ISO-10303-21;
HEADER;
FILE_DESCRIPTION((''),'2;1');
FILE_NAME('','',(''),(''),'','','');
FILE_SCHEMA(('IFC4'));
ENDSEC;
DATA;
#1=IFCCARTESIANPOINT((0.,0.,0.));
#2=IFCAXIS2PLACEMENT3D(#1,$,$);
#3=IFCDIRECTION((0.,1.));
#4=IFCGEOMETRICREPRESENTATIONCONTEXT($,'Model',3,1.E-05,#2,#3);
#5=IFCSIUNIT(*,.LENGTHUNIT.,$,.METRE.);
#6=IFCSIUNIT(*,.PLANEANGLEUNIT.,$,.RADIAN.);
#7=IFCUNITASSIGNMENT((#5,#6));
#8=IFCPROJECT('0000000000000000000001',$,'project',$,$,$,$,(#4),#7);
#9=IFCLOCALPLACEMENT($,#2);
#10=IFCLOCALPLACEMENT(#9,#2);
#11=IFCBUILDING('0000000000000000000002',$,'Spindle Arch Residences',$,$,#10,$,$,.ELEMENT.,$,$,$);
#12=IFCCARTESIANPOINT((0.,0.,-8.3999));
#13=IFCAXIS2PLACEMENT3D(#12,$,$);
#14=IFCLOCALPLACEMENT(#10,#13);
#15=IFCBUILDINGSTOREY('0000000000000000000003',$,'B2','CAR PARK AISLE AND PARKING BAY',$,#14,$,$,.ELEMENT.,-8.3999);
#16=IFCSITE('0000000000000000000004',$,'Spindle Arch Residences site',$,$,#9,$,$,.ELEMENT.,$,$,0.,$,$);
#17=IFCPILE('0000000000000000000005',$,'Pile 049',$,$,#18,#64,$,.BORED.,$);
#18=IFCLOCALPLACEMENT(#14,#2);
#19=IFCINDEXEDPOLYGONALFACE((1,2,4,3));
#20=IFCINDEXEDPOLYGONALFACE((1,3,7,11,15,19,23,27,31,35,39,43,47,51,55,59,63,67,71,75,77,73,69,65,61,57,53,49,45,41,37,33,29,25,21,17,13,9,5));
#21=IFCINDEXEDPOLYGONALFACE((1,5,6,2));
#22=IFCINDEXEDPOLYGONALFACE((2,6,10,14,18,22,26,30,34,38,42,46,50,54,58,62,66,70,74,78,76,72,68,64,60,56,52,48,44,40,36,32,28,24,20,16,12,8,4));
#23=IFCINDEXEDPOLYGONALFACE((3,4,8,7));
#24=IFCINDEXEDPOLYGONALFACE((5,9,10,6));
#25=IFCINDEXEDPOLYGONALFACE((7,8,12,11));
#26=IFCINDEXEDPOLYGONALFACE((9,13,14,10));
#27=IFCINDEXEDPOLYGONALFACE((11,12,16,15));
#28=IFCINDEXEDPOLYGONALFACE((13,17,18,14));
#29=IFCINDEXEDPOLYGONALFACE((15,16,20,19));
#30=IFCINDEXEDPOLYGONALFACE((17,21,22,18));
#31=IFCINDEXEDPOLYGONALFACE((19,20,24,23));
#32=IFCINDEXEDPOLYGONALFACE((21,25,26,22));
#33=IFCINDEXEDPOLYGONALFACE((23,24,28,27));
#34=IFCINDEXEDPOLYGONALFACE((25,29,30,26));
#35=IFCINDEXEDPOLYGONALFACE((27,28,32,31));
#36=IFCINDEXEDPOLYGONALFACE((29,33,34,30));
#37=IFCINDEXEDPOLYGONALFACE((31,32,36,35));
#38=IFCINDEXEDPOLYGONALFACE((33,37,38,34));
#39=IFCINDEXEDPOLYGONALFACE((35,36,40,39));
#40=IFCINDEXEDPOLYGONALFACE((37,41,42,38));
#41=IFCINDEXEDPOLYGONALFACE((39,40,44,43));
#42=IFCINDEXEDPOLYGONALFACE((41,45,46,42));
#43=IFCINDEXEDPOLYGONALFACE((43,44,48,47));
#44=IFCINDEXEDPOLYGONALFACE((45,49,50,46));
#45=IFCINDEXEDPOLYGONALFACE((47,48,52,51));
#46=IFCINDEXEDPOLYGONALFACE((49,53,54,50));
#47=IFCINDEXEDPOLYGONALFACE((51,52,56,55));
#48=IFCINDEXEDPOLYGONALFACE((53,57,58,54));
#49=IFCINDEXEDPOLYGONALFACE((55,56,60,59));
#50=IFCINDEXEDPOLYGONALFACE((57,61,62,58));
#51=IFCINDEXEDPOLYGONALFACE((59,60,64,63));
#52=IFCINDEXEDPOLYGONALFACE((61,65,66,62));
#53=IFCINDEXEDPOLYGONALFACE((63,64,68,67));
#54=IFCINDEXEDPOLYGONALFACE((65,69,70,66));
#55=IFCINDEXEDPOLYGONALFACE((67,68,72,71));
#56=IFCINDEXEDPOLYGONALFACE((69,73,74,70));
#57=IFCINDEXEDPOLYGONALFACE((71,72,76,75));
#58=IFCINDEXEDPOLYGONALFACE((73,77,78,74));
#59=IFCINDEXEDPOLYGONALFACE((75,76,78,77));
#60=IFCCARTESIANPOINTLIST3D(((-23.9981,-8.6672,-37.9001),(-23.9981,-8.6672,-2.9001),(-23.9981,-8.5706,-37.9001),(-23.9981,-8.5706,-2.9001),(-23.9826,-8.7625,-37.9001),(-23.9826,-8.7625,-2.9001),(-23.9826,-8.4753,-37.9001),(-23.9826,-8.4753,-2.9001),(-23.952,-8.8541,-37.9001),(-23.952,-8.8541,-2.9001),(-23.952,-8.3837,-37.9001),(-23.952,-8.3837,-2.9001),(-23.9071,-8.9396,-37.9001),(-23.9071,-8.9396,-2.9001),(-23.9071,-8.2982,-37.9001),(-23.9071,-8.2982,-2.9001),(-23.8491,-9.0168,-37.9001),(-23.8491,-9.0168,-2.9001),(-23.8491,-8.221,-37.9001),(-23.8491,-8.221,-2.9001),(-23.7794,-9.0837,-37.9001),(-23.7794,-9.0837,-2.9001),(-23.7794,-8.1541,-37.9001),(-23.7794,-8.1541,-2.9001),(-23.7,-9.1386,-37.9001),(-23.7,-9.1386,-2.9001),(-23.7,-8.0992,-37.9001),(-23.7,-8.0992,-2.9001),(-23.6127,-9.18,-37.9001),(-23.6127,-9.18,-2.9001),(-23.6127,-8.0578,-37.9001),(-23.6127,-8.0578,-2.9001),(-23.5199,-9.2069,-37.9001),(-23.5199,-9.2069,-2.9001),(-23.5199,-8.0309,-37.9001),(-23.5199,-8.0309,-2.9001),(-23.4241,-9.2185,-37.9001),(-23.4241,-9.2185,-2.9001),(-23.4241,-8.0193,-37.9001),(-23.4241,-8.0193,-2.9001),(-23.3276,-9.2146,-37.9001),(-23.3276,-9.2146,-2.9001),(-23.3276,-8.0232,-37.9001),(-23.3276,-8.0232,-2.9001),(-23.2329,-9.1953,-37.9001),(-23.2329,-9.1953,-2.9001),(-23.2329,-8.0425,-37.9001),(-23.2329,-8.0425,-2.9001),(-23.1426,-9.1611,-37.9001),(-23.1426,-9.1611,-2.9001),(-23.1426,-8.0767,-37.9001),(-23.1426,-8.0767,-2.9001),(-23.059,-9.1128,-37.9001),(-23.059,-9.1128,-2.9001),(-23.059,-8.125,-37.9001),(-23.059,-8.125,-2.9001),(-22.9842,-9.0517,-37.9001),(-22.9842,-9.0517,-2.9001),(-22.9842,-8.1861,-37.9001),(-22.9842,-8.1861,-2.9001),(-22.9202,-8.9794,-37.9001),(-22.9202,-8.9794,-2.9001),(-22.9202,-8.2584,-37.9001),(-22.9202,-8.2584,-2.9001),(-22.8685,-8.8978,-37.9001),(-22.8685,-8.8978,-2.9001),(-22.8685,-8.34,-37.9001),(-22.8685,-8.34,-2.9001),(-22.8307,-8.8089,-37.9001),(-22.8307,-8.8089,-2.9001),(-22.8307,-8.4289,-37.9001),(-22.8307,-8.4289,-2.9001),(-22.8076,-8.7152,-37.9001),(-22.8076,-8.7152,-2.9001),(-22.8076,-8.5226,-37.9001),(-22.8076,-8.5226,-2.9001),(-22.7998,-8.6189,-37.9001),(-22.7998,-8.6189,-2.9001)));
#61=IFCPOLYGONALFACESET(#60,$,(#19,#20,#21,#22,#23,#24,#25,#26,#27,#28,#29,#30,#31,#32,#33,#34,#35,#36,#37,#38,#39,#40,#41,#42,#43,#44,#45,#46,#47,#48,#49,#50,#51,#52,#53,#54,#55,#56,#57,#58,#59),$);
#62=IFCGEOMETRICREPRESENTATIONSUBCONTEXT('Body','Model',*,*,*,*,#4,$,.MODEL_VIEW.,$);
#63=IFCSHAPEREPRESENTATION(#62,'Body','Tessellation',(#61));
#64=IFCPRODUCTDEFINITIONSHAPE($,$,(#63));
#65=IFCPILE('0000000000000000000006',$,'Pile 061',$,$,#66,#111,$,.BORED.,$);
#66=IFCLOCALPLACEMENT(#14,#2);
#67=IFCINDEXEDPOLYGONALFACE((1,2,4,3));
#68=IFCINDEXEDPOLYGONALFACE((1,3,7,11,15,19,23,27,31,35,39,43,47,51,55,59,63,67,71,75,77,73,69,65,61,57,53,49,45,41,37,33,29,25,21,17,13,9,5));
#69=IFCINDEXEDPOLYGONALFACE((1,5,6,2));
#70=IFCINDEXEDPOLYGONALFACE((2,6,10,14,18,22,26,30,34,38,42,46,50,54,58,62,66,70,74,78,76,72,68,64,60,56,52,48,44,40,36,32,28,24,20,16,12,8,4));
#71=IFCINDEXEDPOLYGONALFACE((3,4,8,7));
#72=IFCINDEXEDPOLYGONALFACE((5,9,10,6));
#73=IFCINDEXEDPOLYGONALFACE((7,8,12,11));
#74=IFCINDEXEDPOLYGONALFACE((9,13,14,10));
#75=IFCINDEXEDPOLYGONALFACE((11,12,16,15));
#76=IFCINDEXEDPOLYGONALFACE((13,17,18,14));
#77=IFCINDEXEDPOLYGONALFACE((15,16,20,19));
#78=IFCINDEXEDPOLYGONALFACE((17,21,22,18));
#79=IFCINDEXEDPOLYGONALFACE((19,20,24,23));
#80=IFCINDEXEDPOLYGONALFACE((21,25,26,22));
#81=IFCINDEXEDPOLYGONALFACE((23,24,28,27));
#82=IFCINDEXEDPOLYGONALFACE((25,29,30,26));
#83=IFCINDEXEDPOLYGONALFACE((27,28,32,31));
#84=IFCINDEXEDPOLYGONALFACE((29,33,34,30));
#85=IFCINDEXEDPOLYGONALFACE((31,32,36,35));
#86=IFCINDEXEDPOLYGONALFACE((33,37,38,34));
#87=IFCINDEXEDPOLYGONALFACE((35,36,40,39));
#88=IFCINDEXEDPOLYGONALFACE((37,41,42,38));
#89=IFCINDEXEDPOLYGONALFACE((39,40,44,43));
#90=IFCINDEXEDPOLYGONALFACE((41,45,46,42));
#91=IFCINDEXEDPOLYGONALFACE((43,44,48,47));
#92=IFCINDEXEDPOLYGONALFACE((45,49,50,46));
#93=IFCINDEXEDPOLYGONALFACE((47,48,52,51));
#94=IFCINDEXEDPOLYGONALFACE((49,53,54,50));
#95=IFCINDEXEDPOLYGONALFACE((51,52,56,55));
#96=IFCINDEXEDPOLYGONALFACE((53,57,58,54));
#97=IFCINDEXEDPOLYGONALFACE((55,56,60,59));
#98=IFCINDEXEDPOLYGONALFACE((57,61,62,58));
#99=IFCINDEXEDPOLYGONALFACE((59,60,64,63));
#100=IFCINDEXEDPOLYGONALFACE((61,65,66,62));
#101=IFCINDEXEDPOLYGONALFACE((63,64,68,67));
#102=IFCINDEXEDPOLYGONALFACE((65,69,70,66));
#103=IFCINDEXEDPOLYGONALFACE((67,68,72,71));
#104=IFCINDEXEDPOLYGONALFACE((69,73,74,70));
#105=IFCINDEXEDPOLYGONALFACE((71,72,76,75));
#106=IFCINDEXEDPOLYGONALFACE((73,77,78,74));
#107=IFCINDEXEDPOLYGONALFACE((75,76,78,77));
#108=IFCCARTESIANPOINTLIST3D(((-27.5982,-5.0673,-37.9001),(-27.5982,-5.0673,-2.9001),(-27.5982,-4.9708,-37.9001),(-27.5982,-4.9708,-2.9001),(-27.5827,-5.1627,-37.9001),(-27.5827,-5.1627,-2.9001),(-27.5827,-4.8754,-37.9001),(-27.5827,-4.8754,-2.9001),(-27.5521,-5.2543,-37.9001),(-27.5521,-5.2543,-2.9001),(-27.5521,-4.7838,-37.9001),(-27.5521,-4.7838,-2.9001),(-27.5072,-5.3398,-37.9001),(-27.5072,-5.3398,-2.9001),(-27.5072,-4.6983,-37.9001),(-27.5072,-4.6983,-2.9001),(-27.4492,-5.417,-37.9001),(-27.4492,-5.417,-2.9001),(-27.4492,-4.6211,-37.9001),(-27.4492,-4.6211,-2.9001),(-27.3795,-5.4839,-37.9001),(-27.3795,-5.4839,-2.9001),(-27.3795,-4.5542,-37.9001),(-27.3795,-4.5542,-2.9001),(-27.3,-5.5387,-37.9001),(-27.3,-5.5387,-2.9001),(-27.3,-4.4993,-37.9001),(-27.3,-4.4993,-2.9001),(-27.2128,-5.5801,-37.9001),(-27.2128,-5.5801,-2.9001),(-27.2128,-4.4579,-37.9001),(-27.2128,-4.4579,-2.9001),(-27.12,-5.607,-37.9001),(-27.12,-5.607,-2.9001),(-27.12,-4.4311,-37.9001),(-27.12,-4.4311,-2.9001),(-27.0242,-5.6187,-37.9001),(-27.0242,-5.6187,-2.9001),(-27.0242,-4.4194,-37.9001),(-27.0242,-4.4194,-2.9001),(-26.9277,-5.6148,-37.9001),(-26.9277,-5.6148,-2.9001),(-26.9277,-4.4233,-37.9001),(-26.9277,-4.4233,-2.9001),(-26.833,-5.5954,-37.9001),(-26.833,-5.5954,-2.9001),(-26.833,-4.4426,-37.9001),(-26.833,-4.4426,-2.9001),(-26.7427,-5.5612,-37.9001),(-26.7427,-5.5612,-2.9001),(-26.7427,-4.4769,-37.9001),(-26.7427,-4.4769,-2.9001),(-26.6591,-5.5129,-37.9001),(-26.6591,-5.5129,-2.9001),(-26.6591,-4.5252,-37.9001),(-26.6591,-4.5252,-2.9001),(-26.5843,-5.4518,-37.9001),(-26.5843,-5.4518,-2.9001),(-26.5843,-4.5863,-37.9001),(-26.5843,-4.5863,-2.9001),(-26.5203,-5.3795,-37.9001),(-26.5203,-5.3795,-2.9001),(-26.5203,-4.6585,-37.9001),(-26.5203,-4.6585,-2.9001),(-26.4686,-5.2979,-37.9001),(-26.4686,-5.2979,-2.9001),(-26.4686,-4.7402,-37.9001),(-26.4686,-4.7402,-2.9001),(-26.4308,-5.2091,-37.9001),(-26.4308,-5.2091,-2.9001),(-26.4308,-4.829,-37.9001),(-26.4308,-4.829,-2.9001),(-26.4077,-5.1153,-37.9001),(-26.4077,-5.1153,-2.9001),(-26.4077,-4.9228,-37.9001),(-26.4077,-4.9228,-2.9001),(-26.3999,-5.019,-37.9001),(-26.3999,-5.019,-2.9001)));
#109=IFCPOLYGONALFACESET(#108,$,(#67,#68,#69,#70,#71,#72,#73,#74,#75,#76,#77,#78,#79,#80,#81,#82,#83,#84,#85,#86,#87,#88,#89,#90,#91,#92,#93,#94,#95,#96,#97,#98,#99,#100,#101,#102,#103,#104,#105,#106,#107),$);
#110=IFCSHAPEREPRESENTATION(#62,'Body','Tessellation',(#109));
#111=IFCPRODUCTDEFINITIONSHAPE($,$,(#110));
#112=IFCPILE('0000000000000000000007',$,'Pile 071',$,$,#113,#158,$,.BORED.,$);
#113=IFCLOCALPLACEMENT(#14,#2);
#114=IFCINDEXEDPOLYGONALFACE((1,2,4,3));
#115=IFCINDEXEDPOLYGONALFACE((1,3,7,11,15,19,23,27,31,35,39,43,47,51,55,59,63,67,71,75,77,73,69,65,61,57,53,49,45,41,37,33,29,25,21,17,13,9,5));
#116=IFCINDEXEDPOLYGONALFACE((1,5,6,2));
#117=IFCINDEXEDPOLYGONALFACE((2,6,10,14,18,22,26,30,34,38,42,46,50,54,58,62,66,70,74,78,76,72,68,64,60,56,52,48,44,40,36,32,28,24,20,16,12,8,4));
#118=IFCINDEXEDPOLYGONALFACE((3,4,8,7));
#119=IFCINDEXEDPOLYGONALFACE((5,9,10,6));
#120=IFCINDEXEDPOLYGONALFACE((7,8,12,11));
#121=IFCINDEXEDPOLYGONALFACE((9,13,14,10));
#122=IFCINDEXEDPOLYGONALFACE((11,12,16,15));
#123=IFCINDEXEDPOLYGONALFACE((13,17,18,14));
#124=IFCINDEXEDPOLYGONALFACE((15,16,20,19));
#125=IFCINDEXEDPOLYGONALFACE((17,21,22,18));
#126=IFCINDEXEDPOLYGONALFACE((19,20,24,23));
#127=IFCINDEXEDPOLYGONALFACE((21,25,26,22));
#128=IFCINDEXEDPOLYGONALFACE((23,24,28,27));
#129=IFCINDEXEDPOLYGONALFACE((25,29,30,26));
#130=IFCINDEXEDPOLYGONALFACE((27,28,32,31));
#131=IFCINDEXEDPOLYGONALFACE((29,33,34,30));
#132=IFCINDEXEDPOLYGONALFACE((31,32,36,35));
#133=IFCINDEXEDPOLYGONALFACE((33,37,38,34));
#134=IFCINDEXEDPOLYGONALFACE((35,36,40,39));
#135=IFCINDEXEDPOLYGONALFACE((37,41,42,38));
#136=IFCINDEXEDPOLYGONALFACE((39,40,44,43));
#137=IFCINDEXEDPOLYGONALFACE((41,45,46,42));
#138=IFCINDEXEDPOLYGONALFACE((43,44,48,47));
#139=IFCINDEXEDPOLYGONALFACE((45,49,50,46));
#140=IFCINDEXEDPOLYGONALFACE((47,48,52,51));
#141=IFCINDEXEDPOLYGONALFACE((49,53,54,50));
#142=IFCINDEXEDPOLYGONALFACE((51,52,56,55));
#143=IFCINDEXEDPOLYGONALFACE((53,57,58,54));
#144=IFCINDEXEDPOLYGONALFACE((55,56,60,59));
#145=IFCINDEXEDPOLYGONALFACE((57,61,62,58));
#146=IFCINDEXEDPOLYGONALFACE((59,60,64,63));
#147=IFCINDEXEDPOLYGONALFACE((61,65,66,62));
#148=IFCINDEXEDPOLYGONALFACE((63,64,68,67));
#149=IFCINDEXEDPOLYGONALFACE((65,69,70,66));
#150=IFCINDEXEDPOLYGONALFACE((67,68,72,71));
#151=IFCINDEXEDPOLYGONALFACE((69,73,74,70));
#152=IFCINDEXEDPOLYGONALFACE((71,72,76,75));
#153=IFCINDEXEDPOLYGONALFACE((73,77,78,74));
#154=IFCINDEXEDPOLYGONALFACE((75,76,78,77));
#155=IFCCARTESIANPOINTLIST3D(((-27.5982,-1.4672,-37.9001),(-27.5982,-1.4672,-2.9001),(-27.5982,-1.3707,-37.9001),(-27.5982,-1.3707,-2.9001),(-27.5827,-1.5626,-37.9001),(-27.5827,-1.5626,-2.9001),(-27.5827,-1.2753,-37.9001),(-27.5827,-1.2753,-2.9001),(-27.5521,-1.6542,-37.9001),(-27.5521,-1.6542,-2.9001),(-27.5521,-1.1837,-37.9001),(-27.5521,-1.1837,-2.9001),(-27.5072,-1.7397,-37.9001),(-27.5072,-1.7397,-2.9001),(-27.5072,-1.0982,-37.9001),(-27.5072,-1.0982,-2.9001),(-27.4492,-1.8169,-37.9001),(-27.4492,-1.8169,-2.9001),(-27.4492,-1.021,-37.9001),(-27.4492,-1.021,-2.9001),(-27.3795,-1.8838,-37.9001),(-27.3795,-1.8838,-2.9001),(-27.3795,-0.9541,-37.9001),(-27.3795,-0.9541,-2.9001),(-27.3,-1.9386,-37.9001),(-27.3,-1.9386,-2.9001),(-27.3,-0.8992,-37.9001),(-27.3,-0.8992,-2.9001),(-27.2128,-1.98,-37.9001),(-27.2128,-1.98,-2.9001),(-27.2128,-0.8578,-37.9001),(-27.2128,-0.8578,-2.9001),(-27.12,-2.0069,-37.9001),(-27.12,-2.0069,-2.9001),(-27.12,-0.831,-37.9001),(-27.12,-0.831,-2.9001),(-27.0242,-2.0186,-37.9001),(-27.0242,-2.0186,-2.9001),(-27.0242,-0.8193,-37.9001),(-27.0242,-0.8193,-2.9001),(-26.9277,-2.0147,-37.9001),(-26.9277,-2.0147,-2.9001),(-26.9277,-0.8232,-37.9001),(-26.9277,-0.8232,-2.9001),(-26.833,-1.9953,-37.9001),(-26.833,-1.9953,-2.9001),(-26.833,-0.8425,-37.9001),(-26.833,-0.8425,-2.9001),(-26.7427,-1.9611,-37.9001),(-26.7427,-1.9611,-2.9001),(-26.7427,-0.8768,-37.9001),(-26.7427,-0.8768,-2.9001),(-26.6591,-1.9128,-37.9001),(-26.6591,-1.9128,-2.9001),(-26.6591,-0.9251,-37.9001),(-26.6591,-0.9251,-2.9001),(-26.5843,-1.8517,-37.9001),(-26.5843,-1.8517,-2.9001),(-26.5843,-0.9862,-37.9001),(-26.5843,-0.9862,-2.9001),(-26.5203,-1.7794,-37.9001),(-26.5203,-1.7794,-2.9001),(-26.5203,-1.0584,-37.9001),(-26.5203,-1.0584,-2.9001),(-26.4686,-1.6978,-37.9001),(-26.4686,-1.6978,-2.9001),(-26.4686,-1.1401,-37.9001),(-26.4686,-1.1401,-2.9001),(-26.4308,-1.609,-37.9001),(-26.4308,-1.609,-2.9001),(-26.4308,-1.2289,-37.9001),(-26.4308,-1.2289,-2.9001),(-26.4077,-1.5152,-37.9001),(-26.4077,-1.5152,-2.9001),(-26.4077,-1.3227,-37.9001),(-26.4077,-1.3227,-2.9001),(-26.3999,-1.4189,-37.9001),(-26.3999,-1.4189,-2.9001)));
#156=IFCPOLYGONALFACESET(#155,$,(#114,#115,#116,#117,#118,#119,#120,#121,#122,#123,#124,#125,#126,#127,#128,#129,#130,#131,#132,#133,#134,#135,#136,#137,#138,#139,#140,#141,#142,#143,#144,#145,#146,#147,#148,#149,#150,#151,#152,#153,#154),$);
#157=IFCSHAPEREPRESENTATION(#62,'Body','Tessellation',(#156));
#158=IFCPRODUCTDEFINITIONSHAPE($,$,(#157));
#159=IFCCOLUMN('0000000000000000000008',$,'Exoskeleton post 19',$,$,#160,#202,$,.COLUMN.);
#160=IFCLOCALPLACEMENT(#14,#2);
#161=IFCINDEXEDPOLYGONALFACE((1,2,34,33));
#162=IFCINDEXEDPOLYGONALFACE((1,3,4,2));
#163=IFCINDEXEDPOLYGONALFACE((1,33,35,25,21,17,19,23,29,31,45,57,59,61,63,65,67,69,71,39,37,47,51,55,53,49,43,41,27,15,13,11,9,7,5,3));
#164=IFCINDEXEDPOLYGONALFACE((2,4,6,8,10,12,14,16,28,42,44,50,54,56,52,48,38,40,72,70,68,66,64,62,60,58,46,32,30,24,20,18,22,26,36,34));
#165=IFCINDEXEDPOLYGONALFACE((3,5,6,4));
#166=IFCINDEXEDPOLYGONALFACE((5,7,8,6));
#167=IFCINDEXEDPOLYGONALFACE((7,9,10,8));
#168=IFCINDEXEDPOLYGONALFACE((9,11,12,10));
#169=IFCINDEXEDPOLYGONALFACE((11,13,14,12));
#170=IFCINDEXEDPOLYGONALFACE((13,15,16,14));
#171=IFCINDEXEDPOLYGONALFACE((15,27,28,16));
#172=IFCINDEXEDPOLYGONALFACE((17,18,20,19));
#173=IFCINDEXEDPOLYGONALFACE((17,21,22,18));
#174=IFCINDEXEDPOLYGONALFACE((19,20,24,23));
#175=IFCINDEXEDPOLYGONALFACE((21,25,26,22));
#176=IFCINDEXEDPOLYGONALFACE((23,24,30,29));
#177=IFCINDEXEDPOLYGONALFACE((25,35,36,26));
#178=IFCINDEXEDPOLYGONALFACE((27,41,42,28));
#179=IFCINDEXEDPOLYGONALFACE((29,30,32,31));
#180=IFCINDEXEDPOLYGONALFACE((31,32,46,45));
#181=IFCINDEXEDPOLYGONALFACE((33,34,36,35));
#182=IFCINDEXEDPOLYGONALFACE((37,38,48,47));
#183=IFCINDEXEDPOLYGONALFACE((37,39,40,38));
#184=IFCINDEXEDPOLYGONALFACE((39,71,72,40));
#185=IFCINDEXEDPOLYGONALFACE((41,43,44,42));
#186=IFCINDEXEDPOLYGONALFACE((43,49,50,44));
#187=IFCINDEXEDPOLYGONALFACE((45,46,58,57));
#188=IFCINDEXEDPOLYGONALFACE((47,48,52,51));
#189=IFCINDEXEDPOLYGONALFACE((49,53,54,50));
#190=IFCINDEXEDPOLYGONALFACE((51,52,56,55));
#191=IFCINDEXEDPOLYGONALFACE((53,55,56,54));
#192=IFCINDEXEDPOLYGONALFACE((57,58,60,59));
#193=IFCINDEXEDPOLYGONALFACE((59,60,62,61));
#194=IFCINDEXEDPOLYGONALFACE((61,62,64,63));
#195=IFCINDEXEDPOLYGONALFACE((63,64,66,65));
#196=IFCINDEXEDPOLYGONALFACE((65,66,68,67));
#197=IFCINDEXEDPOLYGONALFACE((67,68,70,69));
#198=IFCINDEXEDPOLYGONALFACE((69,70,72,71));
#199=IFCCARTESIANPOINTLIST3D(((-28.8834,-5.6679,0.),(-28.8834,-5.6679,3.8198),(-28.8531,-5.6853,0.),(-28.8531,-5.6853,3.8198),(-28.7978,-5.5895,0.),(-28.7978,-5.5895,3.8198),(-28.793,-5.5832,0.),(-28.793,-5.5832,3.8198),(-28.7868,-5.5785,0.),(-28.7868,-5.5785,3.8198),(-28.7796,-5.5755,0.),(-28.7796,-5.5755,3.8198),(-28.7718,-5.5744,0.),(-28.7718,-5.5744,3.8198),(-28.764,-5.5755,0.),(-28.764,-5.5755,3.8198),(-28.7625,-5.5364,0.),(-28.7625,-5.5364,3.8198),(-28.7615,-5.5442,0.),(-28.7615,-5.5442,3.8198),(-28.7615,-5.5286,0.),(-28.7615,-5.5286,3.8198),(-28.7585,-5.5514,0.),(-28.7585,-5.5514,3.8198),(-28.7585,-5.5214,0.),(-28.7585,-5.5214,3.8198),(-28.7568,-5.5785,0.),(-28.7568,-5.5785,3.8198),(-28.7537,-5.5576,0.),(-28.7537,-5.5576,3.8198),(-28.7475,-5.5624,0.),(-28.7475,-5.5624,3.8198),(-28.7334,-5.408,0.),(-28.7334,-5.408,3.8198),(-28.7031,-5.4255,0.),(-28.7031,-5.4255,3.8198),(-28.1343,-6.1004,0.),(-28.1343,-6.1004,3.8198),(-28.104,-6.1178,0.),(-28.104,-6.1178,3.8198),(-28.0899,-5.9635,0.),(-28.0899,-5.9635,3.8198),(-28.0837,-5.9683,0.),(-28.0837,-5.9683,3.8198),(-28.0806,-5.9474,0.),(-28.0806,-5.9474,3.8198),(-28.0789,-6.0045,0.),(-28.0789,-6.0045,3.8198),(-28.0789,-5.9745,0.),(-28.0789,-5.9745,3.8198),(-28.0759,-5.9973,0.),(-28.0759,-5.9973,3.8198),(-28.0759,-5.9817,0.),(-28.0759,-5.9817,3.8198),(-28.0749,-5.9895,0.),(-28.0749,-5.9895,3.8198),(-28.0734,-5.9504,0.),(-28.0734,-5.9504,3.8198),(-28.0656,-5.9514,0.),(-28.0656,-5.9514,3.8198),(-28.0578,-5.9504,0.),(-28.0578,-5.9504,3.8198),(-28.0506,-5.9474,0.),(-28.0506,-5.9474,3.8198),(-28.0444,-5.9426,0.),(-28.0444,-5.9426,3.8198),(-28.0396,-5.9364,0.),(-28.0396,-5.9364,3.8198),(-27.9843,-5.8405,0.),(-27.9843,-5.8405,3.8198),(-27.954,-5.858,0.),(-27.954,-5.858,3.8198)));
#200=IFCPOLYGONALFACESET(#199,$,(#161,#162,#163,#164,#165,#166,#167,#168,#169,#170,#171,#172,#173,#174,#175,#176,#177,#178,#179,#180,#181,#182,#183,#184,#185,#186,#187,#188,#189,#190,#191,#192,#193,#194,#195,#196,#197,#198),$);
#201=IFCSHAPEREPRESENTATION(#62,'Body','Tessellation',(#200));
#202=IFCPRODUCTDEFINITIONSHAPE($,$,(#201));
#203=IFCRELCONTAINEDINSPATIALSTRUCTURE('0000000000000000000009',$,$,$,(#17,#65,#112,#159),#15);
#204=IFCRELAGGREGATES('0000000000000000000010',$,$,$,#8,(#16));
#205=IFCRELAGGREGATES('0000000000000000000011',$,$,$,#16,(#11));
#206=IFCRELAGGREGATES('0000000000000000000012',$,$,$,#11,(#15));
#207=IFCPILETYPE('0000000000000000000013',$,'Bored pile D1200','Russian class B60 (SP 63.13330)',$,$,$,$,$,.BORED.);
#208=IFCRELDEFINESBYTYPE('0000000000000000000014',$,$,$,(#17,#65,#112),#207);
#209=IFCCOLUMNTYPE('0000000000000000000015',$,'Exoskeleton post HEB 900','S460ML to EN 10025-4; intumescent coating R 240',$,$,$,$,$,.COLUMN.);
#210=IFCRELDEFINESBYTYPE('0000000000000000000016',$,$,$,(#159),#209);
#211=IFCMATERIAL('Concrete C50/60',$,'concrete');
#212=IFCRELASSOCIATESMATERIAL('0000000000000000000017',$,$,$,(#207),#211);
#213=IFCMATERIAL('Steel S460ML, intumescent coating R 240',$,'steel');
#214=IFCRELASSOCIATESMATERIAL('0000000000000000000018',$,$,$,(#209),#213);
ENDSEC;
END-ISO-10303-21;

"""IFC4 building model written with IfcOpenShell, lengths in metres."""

from ifc_helpers import new_model, si_unit, direction, frame, origin, origin_2d, place, context, subcontext, project, spatial, circle, i_section, extrude, material, material_profile, profile_set, type_object, element, save


model = new_model("IFC4")

# Units and contexts
model_context = context("Model", 3, precision=1e-05, world=origin(), true_north=direction((0.0, 1.0)))
body_context = subcontext(model_context, "Body", "Model", "MODEL_VIEW")
ifc_project = project(units=[si_unit("LENGTHUNIT", "METRE"), si_unit("PLANEANGLEUNIT", "RADIAN")], contexts=[model_context])

# Site, building, storey
site_placement = place(None, origin())
site = spatial("IfcSite", under=ifc_project, at=site_placement, Name="Spindle Arch Residences site", CompositionType="ELEMENT", RefElevation=0.0)
building_placement = place(site_placement, origin())
building = spatial("IfcBuilding", under=site, at=building_placement, Name="Spindle Arch Residences", CompositionType="ELEMENT")
storey_placement = place(building_placement, frame((0.0, 0.0, -8.3999)))
storey = spatial("IfcBuildingStorey", under=building, at=storey_placement, Name="B2", Description="CAR PARK AISLE AND PARKING BAY", CompositionType="ELEMENT", Elevation=-8.3999)

# Piles
ifc_material_1 = material(Name="Concrete C50/60", Category="concrete")
ifc_material_profile_1 = material_profile(ifc_material_1, circle(Radius=0.6001, at=origin_2d()), Name="BP D1200")
ifc_profile_set_1 = profile_set([ifc_material_profile_1], Name="Concrete C50/60")
pile_type = type_object("IfcPileType", Name="Bored pile D1200", Description="Russian class B60 (SP 63.13330)", PredefinedType="BORED", material=ifc_profile_set_1)
for number, where, z_axis, x_axis, name in (
    (1, (-23.3999, -8.6189, -2.9001), (0.0, 0.0, -1.0), (1.0, 0.0, 0.0), "Pile 049"),
    (2, (-27.0, -5.019, -2.9001), (0.0, 0.0, -1.0), (1.0, 0.0, 0.0), "Pile 061"),
    (3, (-27.0, -1.4189, -2.9001), (0.0, 0.0, -1.0), (1.0, 0.0, 0.0), "Pile 071"),
):
    element("IfcPile", number, at=place(storey_placement, frame(where, z_axis=z_axis, x_axis=x_axis)), inside=storey, type_object=pile_type, Name=name, PredefinedType="BORED", context=body_context, shape_type="SweptSolid", body=[
        extrude(circle(Radius=0.6001, at=origin_2d()), origin(), (0.0, 0.0, 1.0), 35.0),
    ])

# Column
ifc_material_2 = material(Name="Steel S460ML, intumescent coating R 240", Category="steel")
ifc_material_profile_2 = material_profile(ifc_material_2, i_section(OverallWidth=0.3, OverallDepth=0.8999, WebThickness=0.0186, FlangeThickness=0.0349, FilletRadius=0.03, at=origin_2d()), Name="HEB 900")
ifc_profile_set_2 = profile_set([ifc_material_profile_2], Name="Steel S460ML, intumescent coating R 240")
column_type = type_object("IfcColumnType", Name="Exoskeleton post HEB 900", Description="S460ML to EN 10025-4; intumescent coating R 240", PredefinedType="COLUMN", material=ifc_profile_set_2)
for number, where, z_axis, x_axis, name in (
    (4, (-28.4187, -5.7629, 0.0), (0.0, 0.0, 1.0), (0.5, 0.866025, 0.0), "Exoskeleton post 19"),
):
    element("IfcColumn", number, at=place(storey_placement, frame(where, z_axis=z_axis, x_axis=x_axis)), inside=storey, type_object=column_type, Name=name, PredefinedType="COLUMN", context=body_context, shape_type="SweptSolid", body=[
        extrude(i_section(OverallWidth=0.3, OverallDepth=0.8999, WebThickness=0.0186, FlangeThickness=0.0349, FilletRadius=0.03, at=origin_2d()), origin(), (0.0, 0.0, 1.0), 3.8198),
    ])

save(model, "model.ifc")
